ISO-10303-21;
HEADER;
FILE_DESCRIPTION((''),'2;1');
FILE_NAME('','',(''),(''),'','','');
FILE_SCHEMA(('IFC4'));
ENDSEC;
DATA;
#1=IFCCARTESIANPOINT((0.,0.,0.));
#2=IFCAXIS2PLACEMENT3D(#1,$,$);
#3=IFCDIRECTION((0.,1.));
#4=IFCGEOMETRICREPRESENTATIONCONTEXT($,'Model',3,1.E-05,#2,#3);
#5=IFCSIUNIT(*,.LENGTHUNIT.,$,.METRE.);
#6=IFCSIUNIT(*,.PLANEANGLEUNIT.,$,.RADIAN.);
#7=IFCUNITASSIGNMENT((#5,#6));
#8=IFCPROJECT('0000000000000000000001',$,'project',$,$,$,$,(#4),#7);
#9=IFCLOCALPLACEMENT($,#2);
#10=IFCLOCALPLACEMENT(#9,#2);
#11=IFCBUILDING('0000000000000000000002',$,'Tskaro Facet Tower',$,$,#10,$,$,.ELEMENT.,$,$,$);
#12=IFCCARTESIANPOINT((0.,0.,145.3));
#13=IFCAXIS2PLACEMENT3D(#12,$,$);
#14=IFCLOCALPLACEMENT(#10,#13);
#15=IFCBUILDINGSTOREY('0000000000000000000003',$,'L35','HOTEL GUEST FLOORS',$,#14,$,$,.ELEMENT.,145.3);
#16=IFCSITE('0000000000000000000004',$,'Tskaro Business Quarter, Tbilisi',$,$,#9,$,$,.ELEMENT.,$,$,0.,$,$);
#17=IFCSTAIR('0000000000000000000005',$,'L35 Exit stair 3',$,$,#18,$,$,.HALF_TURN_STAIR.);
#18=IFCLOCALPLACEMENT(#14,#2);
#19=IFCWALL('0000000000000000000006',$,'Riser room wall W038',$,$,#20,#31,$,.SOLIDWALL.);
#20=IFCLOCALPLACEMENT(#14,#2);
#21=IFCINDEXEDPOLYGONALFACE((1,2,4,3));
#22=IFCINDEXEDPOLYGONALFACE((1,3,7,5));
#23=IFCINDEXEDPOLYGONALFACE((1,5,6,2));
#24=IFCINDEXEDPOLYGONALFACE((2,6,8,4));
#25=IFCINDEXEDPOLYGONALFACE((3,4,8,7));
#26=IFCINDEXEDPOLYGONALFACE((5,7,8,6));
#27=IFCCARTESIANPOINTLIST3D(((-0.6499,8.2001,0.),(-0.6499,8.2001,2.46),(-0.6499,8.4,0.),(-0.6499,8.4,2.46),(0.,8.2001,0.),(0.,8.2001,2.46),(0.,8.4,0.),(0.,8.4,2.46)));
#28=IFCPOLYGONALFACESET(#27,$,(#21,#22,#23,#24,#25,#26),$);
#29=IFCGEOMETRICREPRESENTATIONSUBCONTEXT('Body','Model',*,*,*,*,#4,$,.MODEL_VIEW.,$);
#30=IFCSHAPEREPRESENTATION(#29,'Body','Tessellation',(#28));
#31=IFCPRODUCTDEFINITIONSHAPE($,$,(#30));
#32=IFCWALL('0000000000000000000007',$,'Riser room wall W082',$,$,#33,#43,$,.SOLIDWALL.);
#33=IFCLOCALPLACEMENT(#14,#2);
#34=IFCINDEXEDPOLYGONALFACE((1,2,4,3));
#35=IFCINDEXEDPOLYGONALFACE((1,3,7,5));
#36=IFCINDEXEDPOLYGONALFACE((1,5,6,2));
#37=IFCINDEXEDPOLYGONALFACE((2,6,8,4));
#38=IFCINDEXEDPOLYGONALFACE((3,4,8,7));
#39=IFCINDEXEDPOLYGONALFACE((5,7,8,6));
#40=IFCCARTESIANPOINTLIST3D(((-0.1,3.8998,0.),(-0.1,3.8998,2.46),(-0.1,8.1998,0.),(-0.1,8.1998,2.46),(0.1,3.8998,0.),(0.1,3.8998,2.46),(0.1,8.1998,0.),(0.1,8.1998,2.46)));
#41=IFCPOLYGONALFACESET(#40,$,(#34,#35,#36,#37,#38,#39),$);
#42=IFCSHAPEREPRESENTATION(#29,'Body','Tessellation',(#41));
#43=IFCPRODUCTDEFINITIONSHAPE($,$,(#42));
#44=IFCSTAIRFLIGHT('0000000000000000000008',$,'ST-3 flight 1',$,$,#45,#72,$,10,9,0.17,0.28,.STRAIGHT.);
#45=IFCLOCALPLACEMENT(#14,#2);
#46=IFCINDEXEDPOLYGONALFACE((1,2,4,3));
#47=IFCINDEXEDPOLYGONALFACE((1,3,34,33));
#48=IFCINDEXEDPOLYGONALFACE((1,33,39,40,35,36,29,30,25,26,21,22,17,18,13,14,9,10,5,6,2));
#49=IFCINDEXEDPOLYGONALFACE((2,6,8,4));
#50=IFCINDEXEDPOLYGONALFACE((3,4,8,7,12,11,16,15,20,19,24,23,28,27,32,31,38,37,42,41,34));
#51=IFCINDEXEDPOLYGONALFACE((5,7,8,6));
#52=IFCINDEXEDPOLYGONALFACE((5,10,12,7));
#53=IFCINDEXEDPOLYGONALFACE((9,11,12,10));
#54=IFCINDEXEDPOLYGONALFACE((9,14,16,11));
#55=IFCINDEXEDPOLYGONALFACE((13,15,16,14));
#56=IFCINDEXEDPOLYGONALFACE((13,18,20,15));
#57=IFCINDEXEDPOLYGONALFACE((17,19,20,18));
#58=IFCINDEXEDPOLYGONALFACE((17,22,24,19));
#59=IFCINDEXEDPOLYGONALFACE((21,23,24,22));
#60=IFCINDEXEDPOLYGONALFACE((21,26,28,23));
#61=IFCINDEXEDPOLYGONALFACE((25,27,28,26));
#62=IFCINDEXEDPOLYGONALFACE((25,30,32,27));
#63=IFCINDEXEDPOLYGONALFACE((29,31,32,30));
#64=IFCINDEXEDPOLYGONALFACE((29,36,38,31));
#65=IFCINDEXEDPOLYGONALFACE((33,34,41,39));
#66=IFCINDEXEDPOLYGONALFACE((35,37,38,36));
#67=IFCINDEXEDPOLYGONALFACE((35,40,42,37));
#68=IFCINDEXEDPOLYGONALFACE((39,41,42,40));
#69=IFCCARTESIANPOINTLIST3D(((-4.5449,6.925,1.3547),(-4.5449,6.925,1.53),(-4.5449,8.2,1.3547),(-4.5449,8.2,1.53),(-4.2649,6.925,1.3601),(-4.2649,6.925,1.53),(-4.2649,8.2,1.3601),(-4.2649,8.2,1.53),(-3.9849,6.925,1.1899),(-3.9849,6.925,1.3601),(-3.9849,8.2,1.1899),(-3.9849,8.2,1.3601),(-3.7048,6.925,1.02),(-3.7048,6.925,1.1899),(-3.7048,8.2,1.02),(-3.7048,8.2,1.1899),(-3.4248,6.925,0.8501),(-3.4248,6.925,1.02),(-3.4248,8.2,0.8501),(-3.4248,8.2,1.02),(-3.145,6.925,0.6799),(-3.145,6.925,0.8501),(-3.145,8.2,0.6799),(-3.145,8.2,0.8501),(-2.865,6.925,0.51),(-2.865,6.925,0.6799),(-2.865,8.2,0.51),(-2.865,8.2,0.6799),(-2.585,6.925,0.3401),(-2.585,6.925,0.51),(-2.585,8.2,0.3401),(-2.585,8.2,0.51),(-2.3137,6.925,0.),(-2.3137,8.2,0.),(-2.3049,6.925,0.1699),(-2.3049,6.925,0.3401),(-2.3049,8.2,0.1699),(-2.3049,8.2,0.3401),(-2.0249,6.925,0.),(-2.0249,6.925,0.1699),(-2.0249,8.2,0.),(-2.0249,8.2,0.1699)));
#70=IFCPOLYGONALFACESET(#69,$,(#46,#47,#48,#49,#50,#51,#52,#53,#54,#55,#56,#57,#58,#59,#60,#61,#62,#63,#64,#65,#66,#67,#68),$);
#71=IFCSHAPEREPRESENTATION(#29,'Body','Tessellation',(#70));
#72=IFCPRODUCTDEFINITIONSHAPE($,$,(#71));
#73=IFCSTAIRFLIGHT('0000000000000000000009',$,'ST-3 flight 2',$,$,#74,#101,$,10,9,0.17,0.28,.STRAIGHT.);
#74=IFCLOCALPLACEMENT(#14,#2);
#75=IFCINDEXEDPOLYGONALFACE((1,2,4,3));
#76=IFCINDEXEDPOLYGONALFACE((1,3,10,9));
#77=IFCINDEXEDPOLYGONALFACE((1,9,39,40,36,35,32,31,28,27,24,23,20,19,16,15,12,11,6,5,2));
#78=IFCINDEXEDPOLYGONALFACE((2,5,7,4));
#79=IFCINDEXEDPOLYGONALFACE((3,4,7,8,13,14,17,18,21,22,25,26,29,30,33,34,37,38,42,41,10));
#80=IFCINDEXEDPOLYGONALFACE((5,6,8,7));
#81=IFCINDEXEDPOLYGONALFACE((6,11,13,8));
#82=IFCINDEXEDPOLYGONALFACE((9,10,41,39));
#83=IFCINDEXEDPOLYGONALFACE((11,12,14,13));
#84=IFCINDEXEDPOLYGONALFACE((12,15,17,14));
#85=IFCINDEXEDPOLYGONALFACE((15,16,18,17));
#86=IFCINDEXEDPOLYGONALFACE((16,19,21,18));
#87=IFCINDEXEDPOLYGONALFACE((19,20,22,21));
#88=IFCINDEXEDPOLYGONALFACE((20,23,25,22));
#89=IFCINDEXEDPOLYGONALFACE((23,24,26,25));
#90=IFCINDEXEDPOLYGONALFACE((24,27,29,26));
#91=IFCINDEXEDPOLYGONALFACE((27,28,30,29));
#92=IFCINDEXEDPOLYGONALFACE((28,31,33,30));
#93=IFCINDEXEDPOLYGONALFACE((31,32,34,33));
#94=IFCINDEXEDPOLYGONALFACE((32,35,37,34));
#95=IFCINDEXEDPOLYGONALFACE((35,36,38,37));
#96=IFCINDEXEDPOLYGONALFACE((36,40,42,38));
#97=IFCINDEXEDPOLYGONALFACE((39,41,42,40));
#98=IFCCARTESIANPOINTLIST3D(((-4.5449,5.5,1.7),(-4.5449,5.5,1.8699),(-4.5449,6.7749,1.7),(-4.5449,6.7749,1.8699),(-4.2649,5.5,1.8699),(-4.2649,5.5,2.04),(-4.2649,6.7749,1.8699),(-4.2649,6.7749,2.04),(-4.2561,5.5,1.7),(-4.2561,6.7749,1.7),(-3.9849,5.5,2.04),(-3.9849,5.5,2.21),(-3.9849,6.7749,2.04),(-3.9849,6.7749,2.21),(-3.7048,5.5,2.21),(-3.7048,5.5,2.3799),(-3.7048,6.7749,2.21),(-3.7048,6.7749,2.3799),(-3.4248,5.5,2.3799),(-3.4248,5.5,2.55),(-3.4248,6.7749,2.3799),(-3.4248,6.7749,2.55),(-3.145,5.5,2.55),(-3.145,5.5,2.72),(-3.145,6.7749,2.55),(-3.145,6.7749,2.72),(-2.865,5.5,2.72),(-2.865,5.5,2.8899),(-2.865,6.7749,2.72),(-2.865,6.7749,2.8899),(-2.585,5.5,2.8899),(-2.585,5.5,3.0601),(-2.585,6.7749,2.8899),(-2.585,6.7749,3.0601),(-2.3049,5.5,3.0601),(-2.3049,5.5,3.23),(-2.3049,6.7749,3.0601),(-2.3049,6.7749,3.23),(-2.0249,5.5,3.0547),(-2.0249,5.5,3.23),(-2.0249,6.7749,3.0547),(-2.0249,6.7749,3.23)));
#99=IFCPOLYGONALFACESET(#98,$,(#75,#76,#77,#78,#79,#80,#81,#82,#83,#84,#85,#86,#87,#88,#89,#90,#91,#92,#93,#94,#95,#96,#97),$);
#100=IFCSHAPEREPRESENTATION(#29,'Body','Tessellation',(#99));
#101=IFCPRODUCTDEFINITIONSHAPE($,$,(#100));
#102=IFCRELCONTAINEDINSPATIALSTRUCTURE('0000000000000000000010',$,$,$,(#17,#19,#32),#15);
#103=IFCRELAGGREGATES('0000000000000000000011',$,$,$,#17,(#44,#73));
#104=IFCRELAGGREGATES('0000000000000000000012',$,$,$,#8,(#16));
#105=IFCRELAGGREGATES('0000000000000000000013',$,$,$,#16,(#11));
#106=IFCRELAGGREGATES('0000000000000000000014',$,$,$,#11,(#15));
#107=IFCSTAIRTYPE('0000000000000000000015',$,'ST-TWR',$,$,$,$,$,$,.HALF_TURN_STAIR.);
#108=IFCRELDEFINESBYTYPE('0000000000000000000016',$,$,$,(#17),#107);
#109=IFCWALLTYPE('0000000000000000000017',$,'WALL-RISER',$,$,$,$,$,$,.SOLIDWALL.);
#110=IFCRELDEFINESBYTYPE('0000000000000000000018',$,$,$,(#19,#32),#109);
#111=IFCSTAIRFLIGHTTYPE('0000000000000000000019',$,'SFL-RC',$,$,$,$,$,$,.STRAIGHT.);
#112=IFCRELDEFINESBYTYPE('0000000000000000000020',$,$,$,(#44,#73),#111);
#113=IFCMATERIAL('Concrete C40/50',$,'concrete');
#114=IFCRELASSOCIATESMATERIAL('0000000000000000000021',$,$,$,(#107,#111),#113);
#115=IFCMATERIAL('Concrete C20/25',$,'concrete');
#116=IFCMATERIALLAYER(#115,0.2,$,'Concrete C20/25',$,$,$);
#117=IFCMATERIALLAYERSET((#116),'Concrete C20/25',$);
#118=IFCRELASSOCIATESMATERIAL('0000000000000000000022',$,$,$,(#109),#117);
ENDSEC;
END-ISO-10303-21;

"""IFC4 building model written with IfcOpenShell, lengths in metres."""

from ifc_helpers import new_model, si_unit, direction, frame, frame_2d, origin, place, context, subcontext, project, spatial, polyline, rectangle, outline, extrude, material, layer, layer_set, type_object, element, aggregate, save


model = new_model("IFC4")

# Units and contexts
model_context = context("Model", 3, precision=1e-05, world=origin(), true_north=direction((0.0, 1.0)))
body_context = subcontext(model_context, "Body", "Model", "MODEL_VIEW")
ifc_project = project(units=[si_unit("LENGTHUNIT", "METRE"), si_unit("PLANEANGLEUNIT", "RADIAN")], contexts=[model_context])

# Site, building, storey
site_placement = place(None, origin())
site = spatial("IfcSite", under=ifc_project, at=site_placement, Name="Tskaro Business Quarter, Tbilisi", CompositionType="ELEMENT", RefElevation=0.0)
building_placement = place(site_placement, origin())
building = spatial("IfcBuilding", under=site, at=building_placement, Name="Tskaro Facet Tower", CompositionType="ELEMENT")
storey_placement = place(building_placement, frame((0.0, 0.0, 145.3)))
storey = spatial("IfcBuildingStorey", under=building, at=storey_placement, Name="L35", Description="HOTEL GUEST FLOORS", CompositionType="ELEMENT", Elevation=145.3)

# Stair
ifc_material_1 = material(Name="Concrete C40/50", Category="concrete")
stair_type = type_object("IfcStairType", Name="ST-TWR", PredefinedType="HALF_TURN_STAIR", material=ifc_material_1)
stair_1_placement = place(storey_placement, origin())
stair_1 = element("IfcStair", 1, at=stair_1_placement, inside=storey, type_object=stair_type, Name="L35 Exit stair 3", PredefinedType="HALF_TURN_STAIR")

# Walls
ifc_material_2 = material(Name="Concrete C20/25", Category="concrete")
ifc_layer_1 = layer(ifc_material_2, 0.2, Name="Concrete C20/25")
ifc_layer_set_1 = layer_set([ifc_layer_1], Name="Concrete C20/25")
wall_type_1 = type_object("IfcWallType", Name="WALL-RISER", PredefinedType="SOLIDWALL", material=ifc_layer_set_1)
wall_1_placement = place(storey_placement, frame((-0.6499, 8.3, 0.0), z_axis=(0.0, 0.0, 1.0), x_axis=(1.0, 0.0, 0.0)))
element("IfcWall", 2, at=wall_1_placement, inside=storey, type_object=wall_type_1, Name="Riser room wall W038", PredefinedType="SOLIDWALL", context=body_context, shape_type="SweptSolid", body=[
    extrude(rectangle(XDim=0.6499, YDim=0.2, at=frame_2d((0.325, 0.0))), origin(), (0.0, 0.0, 1.0), 2.46),
])
wall_2_placement = place(storey_placement, frame((0.0, 3.8999, 0.0), z_axis=(0.0, 0.0, 1.0), x_axis=(0.0, 1.0, 0.0)))
element("IfcWall", 3, at=wall_2_placement, inside=storey, type_object=wall_type_1, Name="Riser room wall W082", PredefinedType="SOLIDWALL", context=body_context, shape_type="SweptSolid", body=[
    extrude(rectangle(XDim=4.3, YDim=0.2, at=frame_2d((2.1499, 0.0))), origin(), (0.0, 0.0, 1.0), 2.46),
])

# Stair flights
stair_flight_type = type_object("IfcStairFlightType", Name="SFL-RC", PredefinedType="STRAIGHT", material=ifc_material_1)
stair_flight_1_placement = place(storey_placement, frame((-2.0249, 7.5625, 0.0), z_axis=(0.0, 0.0, 1.0), x_axis=(-1.0, 0.0, 0.0)))
stair_flight_1 = element("IfcStairFlight", 4, at=stair_flight_1_placement, type_object=stair_flight_type, Name="ST-3 flight 1", NumberOfRisers=10, NumberOfTreads=9, PredefinedType="STRAIGHT", RiserHeight=0.17, TreadLength=0.28, context=body_context, shape_type="SweptSolid", body=[
    extrude(outline(polyline([(0.0, 0.0), (0.0, 0.1699), (0.28, 0.1699), (0.28, 0.3401), (0.5601, 0.3401), (0.5601, 0.51), (0.8401, 0.51), (0.8401, 0.6799), (1.1201, 0.6799), (1.1201, 0.8501), (1.3999, 0.8501), (1.3999, 1.02), (1.6799, 1.02), (1.6799, 1.1899), (1.96, 1.1899), (1.96, 1.3601), (2.24, 1.3601), (2.24, 1.53), (2.52, 1.53), (2.52, 1.7), (2.52, 1.3547), (0.2888, 0.0), (0.0, 0.0)])), frame((0.0, 0.6375, 0.0), z_axis=(0.0, -1.0, 0.0), x_axis=(1.0, 0.0, 0.0)), (0.0, 0.0, 1.0), 1.2749),
])
stair_flight_2_placement = place(storey_placement, frame((-4.5449, 6.1375, 1.7), z_axis=(0.0, 0.0, 1.0), x_axis=(1.0, 0.0, 0.0)))
stair_flight_2 = element("IfcStairFlight", 5, at=stair_flight_2_placement, type_object=stair_flight_type, Name="ST-3 flight 2", NumberOfRisers=10, NumberOfTreads=9, PredefinedType="STRAIGHT", RiserHeight=0.17, TreadLength=0.28, context=body_context, shape_type="SweptSolid", body=[
    extrude(outline(polyline([(0.0, 0.0), (0.0, 0.1699), (0.28, 0.1699), (0.28, 0.3401), (0.5601, 0.3401), (0.5601, 0.51), (0.8401, 0.51), (0.8401, 0.6799), (1.1201, 0.6799), (1.1201, 0.8501), (1.3999, 0.8501), (1.3999, 1.02), (1.6799, 1.02), (1.6799, 1.1899), (1.96, 1.1899), (1.96, 1.3601), (2.24, 1.3601), (2.24, 1.53), (2.52, 1.53), (2.52, 1.7), (2.52, 1.3547), (0.2888, 0.0), (0.0, 0.0)])), frame((0.0, 0.6375, 0.0), z_axis=(0.0, -1.0, 0.0), x_axis=(1.0, 0.0, 0.0)), (0.0, 0.0, 1.0), 1.2749),
])
aggregate(stair_1, [stair_flight_1, stair_flight_2])

save(model, "model.ifc")
